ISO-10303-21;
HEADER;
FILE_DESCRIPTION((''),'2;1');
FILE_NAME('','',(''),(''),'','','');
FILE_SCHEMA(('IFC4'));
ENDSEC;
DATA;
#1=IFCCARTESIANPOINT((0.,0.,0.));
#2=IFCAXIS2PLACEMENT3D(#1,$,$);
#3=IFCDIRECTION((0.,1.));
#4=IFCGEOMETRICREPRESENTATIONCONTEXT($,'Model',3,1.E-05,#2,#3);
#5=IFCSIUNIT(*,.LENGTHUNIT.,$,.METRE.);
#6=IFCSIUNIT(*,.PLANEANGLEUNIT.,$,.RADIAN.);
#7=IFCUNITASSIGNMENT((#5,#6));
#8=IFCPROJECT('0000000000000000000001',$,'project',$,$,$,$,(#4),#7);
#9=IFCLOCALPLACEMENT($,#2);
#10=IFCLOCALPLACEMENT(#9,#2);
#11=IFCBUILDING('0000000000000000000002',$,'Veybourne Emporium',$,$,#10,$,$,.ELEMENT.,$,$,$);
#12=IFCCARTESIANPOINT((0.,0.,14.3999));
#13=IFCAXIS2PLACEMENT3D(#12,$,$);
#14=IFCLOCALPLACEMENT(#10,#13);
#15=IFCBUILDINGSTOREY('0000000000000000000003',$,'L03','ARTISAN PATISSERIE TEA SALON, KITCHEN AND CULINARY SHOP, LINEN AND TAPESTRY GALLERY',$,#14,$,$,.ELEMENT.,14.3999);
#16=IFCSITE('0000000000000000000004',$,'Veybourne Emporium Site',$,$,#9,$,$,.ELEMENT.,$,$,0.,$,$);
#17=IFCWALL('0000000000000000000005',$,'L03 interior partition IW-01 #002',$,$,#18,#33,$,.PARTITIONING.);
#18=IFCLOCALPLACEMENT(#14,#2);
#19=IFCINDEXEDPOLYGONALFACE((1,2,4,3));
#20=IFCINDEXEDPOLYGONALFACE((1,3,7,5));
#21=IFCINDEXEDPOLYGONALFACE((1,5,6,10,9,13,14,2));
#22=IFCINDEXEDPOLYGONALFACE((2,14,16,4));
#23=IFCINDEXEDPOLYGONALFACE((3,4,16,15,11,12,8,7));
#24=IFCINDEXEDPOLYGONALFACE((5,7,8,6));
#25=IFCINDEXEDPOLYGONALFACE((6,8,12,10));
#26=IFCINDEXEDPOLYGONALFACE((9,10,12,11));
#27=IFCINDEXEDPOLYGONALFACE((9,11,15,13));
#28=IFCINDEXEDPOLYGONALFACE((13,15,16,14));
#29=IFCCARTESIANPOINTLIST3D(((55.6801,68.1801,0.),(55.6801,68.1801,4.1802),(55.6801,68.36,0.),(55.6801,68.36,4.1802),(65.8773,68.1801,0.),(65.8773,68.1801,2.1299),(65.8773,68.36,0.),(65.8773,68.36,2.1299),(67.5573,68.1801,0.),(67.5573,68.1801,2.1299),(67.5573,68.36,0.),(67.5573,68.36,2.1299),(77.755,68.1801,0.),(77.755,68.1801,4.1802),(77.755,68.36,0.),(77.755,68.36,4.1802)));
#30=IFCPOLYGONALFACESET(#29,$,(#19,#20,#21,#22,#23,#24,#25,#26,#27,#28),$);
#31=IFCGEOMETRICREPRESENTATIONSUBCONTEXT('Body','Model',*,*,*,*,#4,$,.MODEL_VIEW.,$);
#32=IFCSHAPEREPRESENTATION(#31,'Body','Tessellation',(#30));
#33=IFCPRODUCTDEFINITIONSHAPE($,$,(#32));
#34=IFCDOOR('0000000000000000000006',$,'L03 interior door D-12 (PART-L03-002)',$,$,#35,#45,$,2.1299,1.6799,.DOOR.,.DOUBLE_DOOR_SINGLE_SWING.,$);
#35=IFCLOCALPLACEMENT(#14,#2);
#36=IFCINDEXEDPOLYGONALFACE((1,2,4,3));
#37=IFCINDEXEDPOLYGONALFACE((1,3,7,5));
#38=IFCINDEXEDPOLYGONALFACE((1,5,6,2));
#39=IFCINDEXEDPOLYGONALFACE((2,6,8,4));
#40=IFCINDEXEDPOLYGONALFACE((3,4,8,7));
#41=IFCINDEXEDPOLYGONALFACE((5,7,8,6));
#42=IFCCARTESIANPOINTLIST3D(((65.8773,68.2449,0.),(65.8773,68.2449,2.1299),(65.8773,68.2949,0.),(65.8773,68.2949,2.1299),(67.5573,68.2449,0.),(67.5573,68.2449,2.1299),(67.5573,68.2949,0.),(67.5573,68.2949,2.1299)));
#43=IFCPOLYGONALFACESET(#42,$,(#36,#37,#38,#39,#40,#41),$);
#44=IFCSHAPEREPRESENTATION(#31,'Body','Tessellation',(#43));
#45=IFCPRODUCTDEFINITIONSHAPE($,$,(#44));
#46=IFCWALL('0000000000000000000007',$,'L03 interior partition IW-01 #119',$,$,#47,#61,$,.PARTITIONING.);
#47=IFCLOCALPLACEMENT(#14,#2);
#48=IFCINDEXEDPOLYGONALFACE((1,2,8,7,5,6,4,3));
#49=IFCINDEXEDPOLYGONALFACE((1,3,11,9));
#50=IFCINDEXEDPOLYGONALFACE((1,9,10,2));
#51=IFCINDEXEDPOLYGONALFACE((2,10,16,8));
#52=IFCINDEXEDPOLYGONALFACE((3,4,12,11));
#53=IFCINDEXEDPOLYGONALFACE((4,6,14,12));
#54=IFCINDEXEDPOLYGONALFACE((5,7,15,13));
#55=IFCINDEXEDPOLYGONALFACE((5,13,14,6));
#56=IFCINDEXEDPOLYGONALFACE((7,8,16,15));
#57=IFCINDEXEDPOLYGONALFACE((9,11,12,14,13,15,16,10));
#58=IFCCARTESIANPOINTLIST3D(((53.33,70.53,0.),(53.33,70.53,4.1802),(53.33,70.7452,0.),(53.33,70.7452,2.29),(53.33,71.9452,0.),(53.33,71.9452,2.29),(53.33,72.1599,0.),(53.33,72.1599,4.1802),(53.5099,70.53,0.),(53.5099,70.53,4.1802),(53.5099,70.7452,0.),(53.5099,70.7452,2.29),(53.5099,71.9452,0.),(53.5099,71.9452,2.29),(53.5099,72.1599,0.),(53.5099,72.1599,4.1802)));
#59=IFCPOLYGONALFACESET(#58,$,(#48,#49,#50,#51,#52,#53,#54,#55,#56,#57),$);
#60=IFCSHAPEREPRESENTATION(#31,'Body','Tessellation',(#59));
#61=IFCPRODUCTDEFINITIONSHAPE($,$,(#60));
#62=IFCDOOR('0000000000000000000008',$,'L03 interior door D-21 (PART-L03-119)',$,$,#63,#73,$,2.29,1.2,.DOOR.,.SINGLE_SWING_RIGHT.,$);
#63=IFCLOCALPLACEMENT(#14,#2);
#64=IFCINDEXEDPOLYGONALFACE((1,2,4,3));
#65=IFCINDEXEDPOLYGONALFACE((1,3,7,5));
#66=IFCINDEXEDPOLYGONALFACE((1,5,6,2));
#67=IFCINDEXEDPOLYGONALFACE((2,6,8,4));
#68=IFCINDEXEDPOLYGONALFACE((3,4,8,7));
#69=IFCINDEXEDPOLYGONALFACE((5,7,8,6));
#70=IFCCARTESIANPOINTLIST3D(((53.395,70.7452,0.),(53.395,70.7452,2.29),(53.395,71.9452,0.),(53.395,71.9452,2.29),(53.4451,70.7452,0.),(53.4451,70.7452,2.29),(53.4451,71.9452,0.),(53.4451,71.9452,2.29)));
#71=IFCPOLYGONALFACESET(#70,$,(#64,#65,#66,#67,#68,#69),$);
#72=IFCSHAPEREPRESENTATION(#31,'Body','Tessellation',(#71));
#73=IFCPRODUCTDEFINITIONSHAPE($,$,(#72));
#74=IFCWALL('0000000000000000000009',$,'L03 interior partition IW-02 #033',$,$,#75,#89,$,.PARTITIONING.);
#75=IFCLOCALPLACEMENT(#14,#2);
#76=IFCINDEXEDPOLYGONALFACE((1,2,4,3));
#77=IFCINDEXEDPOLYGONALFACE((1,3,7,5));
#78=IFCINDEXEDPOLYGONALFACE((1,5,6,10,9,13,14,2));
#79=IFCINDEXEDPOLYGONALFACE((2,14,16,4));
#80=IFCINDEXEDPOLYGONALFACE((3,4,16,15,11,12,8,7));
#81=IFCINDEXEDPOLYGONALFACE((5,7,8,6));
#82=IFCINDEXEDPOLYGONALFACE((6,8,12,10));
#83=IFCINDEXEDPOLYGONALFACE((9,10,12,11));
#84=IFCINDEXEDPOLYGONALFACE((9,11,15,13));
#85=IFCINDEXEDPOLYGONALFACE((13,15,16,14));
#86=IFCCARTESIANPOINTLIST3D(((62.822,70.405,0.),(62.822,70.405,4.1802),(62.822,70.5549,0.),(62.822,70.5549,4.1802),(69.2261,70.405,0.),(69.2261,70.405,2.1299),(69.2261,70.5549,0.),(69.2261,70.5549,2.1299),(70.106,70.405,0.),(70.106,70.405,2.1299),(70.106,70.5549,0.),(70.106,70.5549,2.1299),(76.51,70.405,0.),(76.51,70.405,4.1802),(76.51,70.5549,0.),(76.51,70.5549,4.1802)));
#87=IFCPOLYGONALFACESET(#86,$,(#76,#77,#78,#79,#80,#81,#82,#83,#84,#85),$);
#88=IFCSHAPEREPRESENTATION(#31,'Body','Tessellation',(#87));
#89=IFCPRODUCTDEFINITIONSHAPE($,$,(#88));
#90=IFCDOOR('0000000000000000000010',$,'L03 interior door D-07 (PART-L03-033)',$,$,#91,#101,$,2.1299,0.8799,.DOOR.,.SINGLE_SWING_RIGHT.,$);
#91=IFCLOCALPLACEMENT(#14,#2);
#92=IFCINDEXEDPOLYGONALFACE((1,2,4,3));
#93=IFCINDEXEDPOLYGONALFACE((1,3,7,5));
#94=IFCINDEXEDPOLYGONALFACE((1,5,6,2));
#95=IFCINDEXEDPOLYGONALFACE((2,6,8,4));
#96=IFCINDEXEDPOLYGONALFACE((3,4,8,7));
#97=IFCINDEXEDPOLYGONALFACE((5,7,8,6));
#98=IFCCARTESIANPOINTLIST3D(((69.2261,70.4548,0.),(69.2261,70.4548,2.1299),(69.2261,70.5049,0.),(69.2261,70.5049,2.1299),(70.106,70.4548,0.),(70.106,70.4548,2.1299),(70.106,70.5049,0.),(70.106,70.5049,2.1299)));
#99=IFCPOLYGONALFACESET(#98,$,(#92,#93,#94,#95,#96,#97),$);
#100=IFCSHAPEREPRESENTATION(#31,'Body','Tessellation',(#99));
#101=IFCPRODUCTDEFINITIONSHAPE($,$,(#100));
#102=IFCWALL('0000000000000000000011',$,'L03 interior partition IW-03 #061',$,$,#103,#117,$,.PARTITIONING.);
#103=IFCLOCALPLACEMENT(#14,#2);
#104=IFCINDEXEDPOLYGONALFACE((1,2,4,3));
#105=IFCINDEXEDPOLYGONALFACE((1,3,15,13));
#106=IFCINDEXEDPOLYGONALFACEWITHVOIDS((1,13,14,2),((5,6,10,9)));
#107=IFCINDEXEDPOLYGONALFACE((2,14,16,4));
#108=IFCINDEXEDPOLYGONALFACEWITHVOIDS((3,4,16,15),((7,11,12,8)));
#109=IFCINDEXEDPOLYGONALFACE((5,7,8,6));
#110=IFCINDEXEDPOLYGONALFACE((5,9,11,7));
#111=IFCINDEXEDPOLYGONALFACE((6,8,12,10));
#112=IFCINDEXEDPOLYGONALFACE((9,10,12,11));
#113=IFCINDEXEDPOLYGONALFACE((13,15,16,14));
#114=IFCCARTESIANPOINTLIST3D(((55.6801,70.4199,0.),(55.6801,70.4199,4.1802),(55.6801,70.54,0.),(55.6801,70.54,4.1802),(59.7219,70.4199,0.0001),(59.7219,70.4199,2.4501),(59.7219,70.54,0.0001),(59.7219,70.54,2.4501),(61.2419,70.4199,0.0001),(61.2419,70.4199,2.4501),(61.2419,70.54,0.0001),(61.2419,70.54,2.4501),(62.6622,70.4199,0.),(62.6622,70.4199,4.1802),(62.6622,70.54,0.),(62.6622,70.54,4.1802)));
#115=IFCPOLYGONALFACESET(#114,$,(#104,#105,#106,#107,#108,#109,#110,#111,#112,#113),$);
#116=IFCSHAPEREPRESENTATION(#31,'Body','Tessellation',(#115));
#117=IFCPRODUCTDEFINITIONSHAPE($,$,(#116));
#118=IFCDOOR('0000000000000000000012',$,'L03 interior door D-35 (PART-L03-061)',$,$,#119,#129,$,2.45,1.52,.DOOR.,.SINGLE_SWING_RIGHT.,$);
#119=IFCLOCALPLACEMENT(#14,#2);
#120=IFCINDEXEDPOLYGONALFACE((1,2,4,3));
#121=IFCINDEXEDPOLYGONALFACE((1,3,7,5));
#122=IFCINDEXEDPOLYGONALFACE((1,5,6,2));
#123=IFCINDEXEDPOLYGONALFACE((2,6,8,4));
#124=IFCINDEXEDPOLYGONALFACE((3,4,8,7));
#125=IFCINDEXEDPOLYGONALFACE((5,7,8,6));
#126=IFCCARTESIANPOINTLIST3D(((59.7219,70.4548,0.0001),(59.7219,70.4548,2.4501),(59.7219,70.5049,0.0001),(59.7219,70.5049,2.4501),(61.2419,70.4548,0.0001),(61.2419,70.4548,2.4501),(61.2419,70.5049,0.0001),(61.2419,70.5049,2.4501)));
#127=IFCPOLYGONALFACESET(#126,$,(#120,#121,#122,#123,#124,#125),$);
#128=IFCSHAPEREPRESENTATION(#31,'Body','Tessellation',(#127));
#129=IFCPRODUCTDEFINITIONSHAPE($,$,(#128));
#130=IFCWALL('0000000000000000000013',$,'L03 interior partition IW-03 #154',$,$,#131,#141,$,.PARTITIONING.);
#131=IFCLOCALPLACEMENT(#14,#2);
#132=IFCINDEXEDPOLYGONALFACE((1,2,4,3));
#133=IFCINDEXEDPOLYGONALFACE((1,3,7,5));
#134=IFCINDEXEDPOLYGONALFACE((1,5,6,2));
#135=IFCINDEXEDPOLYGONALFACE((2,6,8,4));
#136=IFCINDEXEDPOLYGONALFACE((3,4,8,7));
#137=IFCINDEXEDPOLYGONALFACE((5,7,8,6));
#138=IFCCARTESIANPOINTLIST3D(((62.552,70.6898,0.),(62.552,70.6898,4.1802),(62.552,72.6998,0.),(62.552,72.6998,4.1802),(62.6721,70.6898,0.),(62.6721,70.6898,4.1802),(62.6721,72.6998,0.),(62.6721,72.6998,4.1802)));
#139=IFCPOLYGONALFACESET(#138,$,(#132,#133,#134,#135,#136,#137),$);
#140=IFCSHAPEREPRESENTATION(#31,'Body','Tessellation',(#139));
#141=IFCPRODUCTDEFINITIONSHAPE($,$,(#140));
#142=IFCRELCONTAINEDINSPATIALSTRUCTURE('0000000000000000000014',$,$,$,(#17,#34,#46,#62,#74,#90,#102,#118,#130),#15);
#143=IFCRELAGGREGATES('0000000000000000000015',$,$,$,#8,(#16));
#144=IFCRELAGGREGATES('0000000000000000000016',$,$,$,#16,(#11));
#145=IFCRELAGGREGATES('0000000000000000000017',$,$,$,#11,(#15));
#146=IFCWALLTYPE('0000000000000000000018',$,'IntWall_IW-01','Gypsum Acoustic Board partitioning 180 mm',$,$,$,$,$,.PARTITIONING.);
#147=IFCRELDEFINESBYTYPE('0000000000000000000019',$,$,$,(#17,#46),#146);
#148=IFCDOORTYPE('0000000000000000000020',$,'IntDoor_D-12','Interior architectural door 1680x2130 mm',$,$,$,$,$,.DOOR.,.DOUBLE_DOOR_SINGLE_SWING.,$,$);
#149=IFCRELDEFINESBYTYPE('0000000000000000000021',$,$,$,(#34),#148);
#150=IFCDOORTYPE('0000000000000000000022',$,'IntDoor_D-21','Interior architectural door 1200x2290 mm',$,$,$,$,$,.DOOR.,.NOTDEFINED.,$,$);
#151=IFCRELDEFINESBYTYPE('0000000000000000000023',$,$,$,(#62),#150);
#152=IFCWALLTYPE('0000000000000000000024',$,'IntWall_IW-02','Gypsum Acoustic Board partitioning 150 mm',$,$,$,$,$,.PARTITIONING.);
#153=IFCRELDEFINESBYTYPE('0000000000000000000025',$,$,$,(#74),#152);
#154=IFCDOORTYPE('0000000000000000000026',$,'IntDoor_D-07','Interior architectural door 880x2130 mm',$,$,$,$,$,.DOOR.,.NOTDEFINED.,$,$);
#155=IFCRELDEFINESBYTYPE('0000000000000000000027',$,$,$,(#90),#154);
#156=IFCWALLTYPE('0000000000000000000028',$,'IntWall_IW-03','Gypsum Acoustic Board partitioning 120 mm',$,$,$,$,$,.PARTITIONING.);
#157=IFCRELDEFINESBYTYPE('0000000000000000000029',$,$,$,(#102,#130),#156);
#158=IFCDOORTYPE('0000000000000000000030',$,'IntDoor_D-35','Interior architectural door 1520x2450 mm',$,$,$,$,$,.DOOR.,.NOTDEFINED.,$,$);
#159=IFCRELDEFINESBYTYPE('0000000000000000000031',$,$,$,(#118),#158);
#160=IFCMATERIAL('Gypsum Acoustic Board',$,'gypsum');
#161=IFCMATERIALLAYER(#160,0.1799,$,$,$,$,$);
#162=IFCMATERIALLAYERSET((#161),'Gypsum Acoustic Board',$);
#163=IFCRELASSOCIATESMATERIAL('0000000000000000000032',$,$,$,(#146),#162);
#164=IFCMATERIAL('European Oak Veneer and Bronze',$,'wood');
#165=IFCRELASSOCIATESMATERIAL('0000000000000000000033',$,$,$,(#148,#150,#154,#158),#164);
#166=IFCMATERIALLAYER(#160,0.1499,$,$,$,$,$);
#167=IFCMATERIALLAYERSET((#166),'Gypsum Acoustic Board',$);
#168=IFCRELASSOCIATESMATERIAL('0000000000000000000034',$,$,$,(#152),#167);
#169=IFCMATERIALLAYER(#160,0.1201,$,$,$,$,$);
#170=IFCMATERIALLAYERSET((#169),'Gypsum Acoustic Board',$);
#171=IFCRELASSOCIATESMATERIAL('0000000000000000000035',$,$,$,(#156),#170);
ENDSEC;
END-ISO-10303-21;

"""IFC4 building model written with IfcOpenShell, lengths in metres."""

from ifc_helpers import new_model, si_unit, direction, frame, frame_2d, origin, place, context, subcontext, project, spatial, rectangle, extrude, material, layer, layer_set, type_object, element, fill, save


model = new_model("IFC4")

# Units and contexts
model_context = context("Model", 3, precision=1e-05, world=origin(), true_north=direction((0.0, 1.0)))
body_context = subcontext(model_context, "Body", "Model", "MODEL_VIEW")
ifc_project = project(units=[si_unit("LENGTHUNIT", "METRE"), si_unit("PLANEANGLEUNIT", "RADIAN")], contexts=[model_context])

# Site, building, storey
site_placement = place(None, origin())
site = spatial("IfcSite", under=ifc_project, at=site_placement, Name="Veybourne Emporium Site", CompositionType="ELEMENT", RefElevation=0.0)
building_placement = place(site_placement, origin())
building = spatial("IfcBuilding", under=site, at=building_placement, Name="Veybourne Emporium", CompositionType="ELEMENT")
storey_placement = place(building_placement, frame((0.0, 0.0, 14.3999)))
storey = spatial("IfcBuildingStorey", under=building, at=storey_placement, Name="L03", Description="ARTISAN PATISSERIE TEA SALON, KITCHEN AND CULINARY SHOP, LINEN AND TAPESTRY GALLERY", CompositionType="ELEMENT", Elevation=14.3999)

# Walls, openings, doors
ifc_material_1 = material(Name="Gypsum Acoustic Board", Category="gypsum")
ifc_layer_1 = layer(ifc_material_1, 0.1799)
ifc_layer_set_1 = layer_set([ifc_layer_1], Name="Gypsum Acoustic Board")
wall_type_1 = type_object("IfcWallType", Name="IntWall_IW-01", Description="Gypsum Acoustic Board partitioning 180 mm", PredefinedType="PARTITIONING", material=ifc_layer_set_1)
wall_1_placement = place(storey_placement, frame((55.6799, 68.27, 0.0), z_axis=(0.0, 0.0, 1.0), x_axis=(1.0, 0.0, 0.0)))
wall_1 = element("IfcWall", 1, at=wall_1_placement, inside=storey, type_object=wall_type_1, Name="L03 interior partition IW-01 #002", PredefinedType="PARTITIONING", context=body_context, shape_type="SweptSolid", body=[
    extrude(rectangle(XDim=22.075, YDim=0.1799, at=frame_2d((11.0376, 0.0))), origin(), (0.0, 0.0, 1.0), 4.1802),
])
opening_1_placement = place(wall_1_placement, frame((10.1975, 0.0, 0.0)))
opening_1 = element("IfcOpeningElement", 2, at=opening_1_placement, cuts=wall_1, PredefinedType="OPENING", context=body_context, shape_type="SweptSolid", body=[
    extrude(rectangle(XDim=1.6799, YDim=2.1299, at=frame_2d((0.8398, 1.0649))), frame((0.0, 0.1099, 0.0), z_axis=(0.0, -1.0, 0.0), x_axis=(1.0, 0.0, 0.0)), (0.0, 0.0, 1.0), 0.22),
])
ifc_material_2 = material(Name="European Oak Veneer and Bronze", Category="wood")
door_type_1 = type_object("IfcDoorType", Name="IntDoor_D-12", Description="Interior architectural door 1680x2130 mm", OperationType="DOUBLE_DOOR_SINGLE_SWING", PredefinedType="DOOR", material=ifc_material_2)
door_1_placement = place(opening_1_placement, origin())
door_1 = element("IfcDoor", 3, at=door_1_placement, inside=storey, type_object=door_type_1, Name="L03 interior door D-12 (PART-L03-002)", OperationType="DOUBLE_DOOR_SINGLE_SWING", OverallHeight=2.1299, OverallWidth=1.6799, PredefinedType="DOOR", context=body_context, shape_type="SweptSolid", body=[
    extrude(rectangle(XDim=1.6799, YDim=2.1299, at=frame_2d((0.8398, 1.0649))), frame((0.0, 0.0249, 0.0), z_axis=(0.0, -1.0, 0.0), x_axis=(1.0, 0.0, 0.0)), (0.0, 0.0, 1.0), 0.05),
])
fill(opening_1, door_1)
wall_2_placement = place(storey_placement, frame((53.4199, 70.53, 0.0), z_axis=(0.0, 0.0, 1.0), x_axis=(0.0, 1.0, 0.0)))
wall_2 = element("IfcWall", 4, at=wall_2_placement, inside=storey, type_object=wall_type_1, Name="L03 interior partition IW-01 #119", PredefinedType="PARTITIONING", context=body_context, shape_type="SweptSolid", body=[
    extrude(rectangle(XDim=1.6299, YDim=0.1799, at=frame_2d((0.8149, 0.0))), origin(), (0.0, 0.0, 1.0), 4.1802),
])
opening_2_placement = place(wall_2_placement, frame((0.2151, 0.0, 0.0)))
opening_2 = element("IfcOpeningElement", 5, at=opening_2_placement, cuts=wall_2, PredefinedType="OPENING", context=body_context, shape_type="SweptSolid", body=[
    extrude(rectangle(XDim=1.2, YDim=2.29, at=frame_2d((0.6001, 1.145))), frame((0.0, 0.1099, 0.0), z_axis=(0.0, -1.0, 0.0), x_axis=(1.0, 0.0, 0.0)), (0.0, 0.0, 1.0), 0.22),
])
door_type_2 = type_object("IfcDoorType", Name="IntDoor_D-21", Description="Interior architectural door 1200x2290 mm", OperationType="NOTDEFINED", PredefinedType="DOOR", material=ifc_material_2)
door_2_placement = place(opening_2_placement, origin())
door_2 = element("IfcDoor", 6, at=door_2_placement, inside=storey, type_object=door_type_2, Name="L03 interior door D-21 (PART-L03-119)", OperationType="SINGLE_SWING_RIGHT", OverallHeight=2.29, OverallWidth=1.2, PredefinedType="DOOR", context=body_context, shape_type="SweptSolid", body=[
    extrude(rectangle(XDim=1.2, YDim=2.29, at=frame_2d((0.6001, 1.145))), frame((0.0, 0.0249, 0.0), z_axis=(0.0, -1.0, 0.0), x_axis=(1.0, 0.0, 0.0)), (0.0, 0.0, 1.0), 0.05),
])
fill(opening_2, door_2)
ifc_layer_2 = layer(ifc_material_1, 0.1499)
ifc_layer_set_2 = layer_set([ifc_layer_2], Name="Gypsum Acoustic Board")
wall_type_2 = type_object("IfcWallType", Name="IntWall_IW-02", Description="Gypsum Acoustic Board partitioning 150 mm", PredefinedType="PARTITIONING", material=ifc_layer_set_2)
wall_3_placement = place(storey_placement, frame((62.822, 70.48, 0.0), z_axis=(0.0, 0.0, 1.0), x_axis=(1.0, 0.0, 0.0)))
wall_3 = element("IfcWall", 7, at=wall_3_placement, inside=storey, type_object=wall_type_2, Name="L03 interior partition IW-02 #033", PredefinedType="PARTITIONING", context=body_context, shape_type="SweptSolid", body=[
    extrude(rectangle(XDim=13.688, YDim=0.1499, at=frame_2d((6.844, 0.0))), origin(), (0.0, 0.0, 1.0), 4.1802),
])
opening_3_placement = place(wall_3_placement, frame((6.4041, 0.0, 0.0)))
opening_3 = element("IfcOpeningElement", 8, at=opening_3_placement, cuts=wall_3, PredefinedType="OPENING", context=body_context, shape_type="SweptSolid", body=[
    extrude(rectangle(XDim=0.8799, YDim=2.1299, at=frame_2d((0.4399, 1.0649))), frame((0.0, 0.095, 0.0), z_axis=(0.0, -1.0, 0.0), x_axis=(1.0, 0.0, 0.0)), (0.0, 0.0, 1.0), 0.1899),
])
door_type_3 = type_object("IfcDoorType", Name="IntDoor_D-07", Description="Interior architectural door 880x2130 mm", OperationType="NOTDEFINED", PredefinedType="DOOR", material=ifc_material_2)
door_3_placement = place(opening_3_placement, origin())
door_3 = element("IfcDoor", 9, at=door_3_placement, inside=storey, type_object=door_type_3, Name="L03 interior door D-07 (PART-L03-033)", OperationType="SINGLE_SWING_RIGHT", OverallHeight=2.1299, OverallWidth=0.8799, PredefinedType="DOOR", context=body_context, shape_type="SweptSolid", body=[
    extrude(rectangle(XDim=0.8799, YDim=2.1299, at=frame_2d((0.4399, 1.0649))), frame((0.0, 0.0249, 0.0), z_axis=(0.0, -1.0, 0.0), x_axis=(1.0, 0.0, 0.0)), (0.0, 0.0, 1.0), 0.05),
])
fill(opening_3, door_3)
ifc_layer_3 = layer(ifc_material_1, 0.1201)
ifc_layer_set_3 = layer_set([ifc_layer_3], Name="Gypsum Acoustic Board")
wall_type_3 = type_object("IfcWallType", Name="IntWall_IW-03", Description="Gypsum Acoustic Board partitioning 120 mm", PredefinedType="PARTITIONING", material=ifc_layer_set_3)
wall_4_placement = place(storey_placement, frame((55.6799, 70.48, 0.0), z_axis=(0.0, 0.0, 1.0), x_axis=(1.0, 0.0, 0.0)))
wall_4 = element("IfcWall", 10, at=wall_4_placement, inside=storey, type_object=wall_type_3, Name="L03 interior partition IW-03 #061", PredefinedType="PARTITIONING", context=body_context, shape_type="SweptSolid", body=[
    extrude(rectangle(XDim=6.9822, YDim=0.1201, at=frame_2d((3.4912, 0.0))), origin(), (0.0, 0.0, 1.0), 4.1802),
])
opening_4_placement = place(wall_4_placement, frame((4.042, 0.0, 0.0)))
opening_4 = element("IfcOpeningElement", 11, at=opening_4_placement, cuts=wall_4, PredefinedType="OPENING", context=body_context, shape_type="SweptSolid", body=[
    extrude(rectangle(XDim=1.52, YDim=2.45, at=frame_2d((0.76, 1.2251))), frame((0.0, 0.0801, 0.0), z_axis=(0.0, -1.0, 0.0), x_axis=(1.0, 0.0, 0.0)), (0.0, 0.0, 1.0), 0.1602),
])
door_type_4 = type_object("IfcDoorType", Name="IntDoor_D-35", Description="Interior architectural door 1520x2450 mm", OperationType="NOTDEFINED", PredefinedType="DOOR", material=ifc_material_2)
door_4_placement = place(opening_4_placement, origin())
door_4 = element("IfcDoor", 12, at=door_4_placement, inside=storey, type_object=door_type_4, Name="L03 interior door D-35 (PART-L03-061)", OperationType="SINGLE_SWING_RIGHT", OverallHeight=2.45, OverallWidth=1.52, PredefinedType="DOOR", context=body_context, shape_type="SweptSolid", body=[
    extrude(rectangle(XDim=1.52, YDim=2.45, at=frame_2d((0.76, 1.2251))), frame((0.0, 0.0249, 0.0), z_axis=(0.0, -1.0, 0.0), x_axis=(1.0, 0.0, 0.0)), (0.0, 0.0, 1.0), 0.05),
])
fill(opening_4, door_4)

# Wall
wall_5_placement = place(storey_placement, frame((62.6121, 70.6899, 0.0), z_axis=(0.0, 0.0, 1.0), x_axis=(0.0, 1.0, 0.0)))
element("IfcWall", 13, at=wall_5_placement, inside=storey, type_object=wall_type_3, Name="L03 interior partition IW-03 #154", PredefinedType="PARTITIONING", context=body_context, shape_type="SweptSolid", body=[
    extrude(rectangle(XDim=2.01, YDim=0.1201, at=frame_2d((1.0049, 0.0))), origin(), (0.0, 0.0, 1.0), 4.1802),
])

save(model, "model.ifc")
